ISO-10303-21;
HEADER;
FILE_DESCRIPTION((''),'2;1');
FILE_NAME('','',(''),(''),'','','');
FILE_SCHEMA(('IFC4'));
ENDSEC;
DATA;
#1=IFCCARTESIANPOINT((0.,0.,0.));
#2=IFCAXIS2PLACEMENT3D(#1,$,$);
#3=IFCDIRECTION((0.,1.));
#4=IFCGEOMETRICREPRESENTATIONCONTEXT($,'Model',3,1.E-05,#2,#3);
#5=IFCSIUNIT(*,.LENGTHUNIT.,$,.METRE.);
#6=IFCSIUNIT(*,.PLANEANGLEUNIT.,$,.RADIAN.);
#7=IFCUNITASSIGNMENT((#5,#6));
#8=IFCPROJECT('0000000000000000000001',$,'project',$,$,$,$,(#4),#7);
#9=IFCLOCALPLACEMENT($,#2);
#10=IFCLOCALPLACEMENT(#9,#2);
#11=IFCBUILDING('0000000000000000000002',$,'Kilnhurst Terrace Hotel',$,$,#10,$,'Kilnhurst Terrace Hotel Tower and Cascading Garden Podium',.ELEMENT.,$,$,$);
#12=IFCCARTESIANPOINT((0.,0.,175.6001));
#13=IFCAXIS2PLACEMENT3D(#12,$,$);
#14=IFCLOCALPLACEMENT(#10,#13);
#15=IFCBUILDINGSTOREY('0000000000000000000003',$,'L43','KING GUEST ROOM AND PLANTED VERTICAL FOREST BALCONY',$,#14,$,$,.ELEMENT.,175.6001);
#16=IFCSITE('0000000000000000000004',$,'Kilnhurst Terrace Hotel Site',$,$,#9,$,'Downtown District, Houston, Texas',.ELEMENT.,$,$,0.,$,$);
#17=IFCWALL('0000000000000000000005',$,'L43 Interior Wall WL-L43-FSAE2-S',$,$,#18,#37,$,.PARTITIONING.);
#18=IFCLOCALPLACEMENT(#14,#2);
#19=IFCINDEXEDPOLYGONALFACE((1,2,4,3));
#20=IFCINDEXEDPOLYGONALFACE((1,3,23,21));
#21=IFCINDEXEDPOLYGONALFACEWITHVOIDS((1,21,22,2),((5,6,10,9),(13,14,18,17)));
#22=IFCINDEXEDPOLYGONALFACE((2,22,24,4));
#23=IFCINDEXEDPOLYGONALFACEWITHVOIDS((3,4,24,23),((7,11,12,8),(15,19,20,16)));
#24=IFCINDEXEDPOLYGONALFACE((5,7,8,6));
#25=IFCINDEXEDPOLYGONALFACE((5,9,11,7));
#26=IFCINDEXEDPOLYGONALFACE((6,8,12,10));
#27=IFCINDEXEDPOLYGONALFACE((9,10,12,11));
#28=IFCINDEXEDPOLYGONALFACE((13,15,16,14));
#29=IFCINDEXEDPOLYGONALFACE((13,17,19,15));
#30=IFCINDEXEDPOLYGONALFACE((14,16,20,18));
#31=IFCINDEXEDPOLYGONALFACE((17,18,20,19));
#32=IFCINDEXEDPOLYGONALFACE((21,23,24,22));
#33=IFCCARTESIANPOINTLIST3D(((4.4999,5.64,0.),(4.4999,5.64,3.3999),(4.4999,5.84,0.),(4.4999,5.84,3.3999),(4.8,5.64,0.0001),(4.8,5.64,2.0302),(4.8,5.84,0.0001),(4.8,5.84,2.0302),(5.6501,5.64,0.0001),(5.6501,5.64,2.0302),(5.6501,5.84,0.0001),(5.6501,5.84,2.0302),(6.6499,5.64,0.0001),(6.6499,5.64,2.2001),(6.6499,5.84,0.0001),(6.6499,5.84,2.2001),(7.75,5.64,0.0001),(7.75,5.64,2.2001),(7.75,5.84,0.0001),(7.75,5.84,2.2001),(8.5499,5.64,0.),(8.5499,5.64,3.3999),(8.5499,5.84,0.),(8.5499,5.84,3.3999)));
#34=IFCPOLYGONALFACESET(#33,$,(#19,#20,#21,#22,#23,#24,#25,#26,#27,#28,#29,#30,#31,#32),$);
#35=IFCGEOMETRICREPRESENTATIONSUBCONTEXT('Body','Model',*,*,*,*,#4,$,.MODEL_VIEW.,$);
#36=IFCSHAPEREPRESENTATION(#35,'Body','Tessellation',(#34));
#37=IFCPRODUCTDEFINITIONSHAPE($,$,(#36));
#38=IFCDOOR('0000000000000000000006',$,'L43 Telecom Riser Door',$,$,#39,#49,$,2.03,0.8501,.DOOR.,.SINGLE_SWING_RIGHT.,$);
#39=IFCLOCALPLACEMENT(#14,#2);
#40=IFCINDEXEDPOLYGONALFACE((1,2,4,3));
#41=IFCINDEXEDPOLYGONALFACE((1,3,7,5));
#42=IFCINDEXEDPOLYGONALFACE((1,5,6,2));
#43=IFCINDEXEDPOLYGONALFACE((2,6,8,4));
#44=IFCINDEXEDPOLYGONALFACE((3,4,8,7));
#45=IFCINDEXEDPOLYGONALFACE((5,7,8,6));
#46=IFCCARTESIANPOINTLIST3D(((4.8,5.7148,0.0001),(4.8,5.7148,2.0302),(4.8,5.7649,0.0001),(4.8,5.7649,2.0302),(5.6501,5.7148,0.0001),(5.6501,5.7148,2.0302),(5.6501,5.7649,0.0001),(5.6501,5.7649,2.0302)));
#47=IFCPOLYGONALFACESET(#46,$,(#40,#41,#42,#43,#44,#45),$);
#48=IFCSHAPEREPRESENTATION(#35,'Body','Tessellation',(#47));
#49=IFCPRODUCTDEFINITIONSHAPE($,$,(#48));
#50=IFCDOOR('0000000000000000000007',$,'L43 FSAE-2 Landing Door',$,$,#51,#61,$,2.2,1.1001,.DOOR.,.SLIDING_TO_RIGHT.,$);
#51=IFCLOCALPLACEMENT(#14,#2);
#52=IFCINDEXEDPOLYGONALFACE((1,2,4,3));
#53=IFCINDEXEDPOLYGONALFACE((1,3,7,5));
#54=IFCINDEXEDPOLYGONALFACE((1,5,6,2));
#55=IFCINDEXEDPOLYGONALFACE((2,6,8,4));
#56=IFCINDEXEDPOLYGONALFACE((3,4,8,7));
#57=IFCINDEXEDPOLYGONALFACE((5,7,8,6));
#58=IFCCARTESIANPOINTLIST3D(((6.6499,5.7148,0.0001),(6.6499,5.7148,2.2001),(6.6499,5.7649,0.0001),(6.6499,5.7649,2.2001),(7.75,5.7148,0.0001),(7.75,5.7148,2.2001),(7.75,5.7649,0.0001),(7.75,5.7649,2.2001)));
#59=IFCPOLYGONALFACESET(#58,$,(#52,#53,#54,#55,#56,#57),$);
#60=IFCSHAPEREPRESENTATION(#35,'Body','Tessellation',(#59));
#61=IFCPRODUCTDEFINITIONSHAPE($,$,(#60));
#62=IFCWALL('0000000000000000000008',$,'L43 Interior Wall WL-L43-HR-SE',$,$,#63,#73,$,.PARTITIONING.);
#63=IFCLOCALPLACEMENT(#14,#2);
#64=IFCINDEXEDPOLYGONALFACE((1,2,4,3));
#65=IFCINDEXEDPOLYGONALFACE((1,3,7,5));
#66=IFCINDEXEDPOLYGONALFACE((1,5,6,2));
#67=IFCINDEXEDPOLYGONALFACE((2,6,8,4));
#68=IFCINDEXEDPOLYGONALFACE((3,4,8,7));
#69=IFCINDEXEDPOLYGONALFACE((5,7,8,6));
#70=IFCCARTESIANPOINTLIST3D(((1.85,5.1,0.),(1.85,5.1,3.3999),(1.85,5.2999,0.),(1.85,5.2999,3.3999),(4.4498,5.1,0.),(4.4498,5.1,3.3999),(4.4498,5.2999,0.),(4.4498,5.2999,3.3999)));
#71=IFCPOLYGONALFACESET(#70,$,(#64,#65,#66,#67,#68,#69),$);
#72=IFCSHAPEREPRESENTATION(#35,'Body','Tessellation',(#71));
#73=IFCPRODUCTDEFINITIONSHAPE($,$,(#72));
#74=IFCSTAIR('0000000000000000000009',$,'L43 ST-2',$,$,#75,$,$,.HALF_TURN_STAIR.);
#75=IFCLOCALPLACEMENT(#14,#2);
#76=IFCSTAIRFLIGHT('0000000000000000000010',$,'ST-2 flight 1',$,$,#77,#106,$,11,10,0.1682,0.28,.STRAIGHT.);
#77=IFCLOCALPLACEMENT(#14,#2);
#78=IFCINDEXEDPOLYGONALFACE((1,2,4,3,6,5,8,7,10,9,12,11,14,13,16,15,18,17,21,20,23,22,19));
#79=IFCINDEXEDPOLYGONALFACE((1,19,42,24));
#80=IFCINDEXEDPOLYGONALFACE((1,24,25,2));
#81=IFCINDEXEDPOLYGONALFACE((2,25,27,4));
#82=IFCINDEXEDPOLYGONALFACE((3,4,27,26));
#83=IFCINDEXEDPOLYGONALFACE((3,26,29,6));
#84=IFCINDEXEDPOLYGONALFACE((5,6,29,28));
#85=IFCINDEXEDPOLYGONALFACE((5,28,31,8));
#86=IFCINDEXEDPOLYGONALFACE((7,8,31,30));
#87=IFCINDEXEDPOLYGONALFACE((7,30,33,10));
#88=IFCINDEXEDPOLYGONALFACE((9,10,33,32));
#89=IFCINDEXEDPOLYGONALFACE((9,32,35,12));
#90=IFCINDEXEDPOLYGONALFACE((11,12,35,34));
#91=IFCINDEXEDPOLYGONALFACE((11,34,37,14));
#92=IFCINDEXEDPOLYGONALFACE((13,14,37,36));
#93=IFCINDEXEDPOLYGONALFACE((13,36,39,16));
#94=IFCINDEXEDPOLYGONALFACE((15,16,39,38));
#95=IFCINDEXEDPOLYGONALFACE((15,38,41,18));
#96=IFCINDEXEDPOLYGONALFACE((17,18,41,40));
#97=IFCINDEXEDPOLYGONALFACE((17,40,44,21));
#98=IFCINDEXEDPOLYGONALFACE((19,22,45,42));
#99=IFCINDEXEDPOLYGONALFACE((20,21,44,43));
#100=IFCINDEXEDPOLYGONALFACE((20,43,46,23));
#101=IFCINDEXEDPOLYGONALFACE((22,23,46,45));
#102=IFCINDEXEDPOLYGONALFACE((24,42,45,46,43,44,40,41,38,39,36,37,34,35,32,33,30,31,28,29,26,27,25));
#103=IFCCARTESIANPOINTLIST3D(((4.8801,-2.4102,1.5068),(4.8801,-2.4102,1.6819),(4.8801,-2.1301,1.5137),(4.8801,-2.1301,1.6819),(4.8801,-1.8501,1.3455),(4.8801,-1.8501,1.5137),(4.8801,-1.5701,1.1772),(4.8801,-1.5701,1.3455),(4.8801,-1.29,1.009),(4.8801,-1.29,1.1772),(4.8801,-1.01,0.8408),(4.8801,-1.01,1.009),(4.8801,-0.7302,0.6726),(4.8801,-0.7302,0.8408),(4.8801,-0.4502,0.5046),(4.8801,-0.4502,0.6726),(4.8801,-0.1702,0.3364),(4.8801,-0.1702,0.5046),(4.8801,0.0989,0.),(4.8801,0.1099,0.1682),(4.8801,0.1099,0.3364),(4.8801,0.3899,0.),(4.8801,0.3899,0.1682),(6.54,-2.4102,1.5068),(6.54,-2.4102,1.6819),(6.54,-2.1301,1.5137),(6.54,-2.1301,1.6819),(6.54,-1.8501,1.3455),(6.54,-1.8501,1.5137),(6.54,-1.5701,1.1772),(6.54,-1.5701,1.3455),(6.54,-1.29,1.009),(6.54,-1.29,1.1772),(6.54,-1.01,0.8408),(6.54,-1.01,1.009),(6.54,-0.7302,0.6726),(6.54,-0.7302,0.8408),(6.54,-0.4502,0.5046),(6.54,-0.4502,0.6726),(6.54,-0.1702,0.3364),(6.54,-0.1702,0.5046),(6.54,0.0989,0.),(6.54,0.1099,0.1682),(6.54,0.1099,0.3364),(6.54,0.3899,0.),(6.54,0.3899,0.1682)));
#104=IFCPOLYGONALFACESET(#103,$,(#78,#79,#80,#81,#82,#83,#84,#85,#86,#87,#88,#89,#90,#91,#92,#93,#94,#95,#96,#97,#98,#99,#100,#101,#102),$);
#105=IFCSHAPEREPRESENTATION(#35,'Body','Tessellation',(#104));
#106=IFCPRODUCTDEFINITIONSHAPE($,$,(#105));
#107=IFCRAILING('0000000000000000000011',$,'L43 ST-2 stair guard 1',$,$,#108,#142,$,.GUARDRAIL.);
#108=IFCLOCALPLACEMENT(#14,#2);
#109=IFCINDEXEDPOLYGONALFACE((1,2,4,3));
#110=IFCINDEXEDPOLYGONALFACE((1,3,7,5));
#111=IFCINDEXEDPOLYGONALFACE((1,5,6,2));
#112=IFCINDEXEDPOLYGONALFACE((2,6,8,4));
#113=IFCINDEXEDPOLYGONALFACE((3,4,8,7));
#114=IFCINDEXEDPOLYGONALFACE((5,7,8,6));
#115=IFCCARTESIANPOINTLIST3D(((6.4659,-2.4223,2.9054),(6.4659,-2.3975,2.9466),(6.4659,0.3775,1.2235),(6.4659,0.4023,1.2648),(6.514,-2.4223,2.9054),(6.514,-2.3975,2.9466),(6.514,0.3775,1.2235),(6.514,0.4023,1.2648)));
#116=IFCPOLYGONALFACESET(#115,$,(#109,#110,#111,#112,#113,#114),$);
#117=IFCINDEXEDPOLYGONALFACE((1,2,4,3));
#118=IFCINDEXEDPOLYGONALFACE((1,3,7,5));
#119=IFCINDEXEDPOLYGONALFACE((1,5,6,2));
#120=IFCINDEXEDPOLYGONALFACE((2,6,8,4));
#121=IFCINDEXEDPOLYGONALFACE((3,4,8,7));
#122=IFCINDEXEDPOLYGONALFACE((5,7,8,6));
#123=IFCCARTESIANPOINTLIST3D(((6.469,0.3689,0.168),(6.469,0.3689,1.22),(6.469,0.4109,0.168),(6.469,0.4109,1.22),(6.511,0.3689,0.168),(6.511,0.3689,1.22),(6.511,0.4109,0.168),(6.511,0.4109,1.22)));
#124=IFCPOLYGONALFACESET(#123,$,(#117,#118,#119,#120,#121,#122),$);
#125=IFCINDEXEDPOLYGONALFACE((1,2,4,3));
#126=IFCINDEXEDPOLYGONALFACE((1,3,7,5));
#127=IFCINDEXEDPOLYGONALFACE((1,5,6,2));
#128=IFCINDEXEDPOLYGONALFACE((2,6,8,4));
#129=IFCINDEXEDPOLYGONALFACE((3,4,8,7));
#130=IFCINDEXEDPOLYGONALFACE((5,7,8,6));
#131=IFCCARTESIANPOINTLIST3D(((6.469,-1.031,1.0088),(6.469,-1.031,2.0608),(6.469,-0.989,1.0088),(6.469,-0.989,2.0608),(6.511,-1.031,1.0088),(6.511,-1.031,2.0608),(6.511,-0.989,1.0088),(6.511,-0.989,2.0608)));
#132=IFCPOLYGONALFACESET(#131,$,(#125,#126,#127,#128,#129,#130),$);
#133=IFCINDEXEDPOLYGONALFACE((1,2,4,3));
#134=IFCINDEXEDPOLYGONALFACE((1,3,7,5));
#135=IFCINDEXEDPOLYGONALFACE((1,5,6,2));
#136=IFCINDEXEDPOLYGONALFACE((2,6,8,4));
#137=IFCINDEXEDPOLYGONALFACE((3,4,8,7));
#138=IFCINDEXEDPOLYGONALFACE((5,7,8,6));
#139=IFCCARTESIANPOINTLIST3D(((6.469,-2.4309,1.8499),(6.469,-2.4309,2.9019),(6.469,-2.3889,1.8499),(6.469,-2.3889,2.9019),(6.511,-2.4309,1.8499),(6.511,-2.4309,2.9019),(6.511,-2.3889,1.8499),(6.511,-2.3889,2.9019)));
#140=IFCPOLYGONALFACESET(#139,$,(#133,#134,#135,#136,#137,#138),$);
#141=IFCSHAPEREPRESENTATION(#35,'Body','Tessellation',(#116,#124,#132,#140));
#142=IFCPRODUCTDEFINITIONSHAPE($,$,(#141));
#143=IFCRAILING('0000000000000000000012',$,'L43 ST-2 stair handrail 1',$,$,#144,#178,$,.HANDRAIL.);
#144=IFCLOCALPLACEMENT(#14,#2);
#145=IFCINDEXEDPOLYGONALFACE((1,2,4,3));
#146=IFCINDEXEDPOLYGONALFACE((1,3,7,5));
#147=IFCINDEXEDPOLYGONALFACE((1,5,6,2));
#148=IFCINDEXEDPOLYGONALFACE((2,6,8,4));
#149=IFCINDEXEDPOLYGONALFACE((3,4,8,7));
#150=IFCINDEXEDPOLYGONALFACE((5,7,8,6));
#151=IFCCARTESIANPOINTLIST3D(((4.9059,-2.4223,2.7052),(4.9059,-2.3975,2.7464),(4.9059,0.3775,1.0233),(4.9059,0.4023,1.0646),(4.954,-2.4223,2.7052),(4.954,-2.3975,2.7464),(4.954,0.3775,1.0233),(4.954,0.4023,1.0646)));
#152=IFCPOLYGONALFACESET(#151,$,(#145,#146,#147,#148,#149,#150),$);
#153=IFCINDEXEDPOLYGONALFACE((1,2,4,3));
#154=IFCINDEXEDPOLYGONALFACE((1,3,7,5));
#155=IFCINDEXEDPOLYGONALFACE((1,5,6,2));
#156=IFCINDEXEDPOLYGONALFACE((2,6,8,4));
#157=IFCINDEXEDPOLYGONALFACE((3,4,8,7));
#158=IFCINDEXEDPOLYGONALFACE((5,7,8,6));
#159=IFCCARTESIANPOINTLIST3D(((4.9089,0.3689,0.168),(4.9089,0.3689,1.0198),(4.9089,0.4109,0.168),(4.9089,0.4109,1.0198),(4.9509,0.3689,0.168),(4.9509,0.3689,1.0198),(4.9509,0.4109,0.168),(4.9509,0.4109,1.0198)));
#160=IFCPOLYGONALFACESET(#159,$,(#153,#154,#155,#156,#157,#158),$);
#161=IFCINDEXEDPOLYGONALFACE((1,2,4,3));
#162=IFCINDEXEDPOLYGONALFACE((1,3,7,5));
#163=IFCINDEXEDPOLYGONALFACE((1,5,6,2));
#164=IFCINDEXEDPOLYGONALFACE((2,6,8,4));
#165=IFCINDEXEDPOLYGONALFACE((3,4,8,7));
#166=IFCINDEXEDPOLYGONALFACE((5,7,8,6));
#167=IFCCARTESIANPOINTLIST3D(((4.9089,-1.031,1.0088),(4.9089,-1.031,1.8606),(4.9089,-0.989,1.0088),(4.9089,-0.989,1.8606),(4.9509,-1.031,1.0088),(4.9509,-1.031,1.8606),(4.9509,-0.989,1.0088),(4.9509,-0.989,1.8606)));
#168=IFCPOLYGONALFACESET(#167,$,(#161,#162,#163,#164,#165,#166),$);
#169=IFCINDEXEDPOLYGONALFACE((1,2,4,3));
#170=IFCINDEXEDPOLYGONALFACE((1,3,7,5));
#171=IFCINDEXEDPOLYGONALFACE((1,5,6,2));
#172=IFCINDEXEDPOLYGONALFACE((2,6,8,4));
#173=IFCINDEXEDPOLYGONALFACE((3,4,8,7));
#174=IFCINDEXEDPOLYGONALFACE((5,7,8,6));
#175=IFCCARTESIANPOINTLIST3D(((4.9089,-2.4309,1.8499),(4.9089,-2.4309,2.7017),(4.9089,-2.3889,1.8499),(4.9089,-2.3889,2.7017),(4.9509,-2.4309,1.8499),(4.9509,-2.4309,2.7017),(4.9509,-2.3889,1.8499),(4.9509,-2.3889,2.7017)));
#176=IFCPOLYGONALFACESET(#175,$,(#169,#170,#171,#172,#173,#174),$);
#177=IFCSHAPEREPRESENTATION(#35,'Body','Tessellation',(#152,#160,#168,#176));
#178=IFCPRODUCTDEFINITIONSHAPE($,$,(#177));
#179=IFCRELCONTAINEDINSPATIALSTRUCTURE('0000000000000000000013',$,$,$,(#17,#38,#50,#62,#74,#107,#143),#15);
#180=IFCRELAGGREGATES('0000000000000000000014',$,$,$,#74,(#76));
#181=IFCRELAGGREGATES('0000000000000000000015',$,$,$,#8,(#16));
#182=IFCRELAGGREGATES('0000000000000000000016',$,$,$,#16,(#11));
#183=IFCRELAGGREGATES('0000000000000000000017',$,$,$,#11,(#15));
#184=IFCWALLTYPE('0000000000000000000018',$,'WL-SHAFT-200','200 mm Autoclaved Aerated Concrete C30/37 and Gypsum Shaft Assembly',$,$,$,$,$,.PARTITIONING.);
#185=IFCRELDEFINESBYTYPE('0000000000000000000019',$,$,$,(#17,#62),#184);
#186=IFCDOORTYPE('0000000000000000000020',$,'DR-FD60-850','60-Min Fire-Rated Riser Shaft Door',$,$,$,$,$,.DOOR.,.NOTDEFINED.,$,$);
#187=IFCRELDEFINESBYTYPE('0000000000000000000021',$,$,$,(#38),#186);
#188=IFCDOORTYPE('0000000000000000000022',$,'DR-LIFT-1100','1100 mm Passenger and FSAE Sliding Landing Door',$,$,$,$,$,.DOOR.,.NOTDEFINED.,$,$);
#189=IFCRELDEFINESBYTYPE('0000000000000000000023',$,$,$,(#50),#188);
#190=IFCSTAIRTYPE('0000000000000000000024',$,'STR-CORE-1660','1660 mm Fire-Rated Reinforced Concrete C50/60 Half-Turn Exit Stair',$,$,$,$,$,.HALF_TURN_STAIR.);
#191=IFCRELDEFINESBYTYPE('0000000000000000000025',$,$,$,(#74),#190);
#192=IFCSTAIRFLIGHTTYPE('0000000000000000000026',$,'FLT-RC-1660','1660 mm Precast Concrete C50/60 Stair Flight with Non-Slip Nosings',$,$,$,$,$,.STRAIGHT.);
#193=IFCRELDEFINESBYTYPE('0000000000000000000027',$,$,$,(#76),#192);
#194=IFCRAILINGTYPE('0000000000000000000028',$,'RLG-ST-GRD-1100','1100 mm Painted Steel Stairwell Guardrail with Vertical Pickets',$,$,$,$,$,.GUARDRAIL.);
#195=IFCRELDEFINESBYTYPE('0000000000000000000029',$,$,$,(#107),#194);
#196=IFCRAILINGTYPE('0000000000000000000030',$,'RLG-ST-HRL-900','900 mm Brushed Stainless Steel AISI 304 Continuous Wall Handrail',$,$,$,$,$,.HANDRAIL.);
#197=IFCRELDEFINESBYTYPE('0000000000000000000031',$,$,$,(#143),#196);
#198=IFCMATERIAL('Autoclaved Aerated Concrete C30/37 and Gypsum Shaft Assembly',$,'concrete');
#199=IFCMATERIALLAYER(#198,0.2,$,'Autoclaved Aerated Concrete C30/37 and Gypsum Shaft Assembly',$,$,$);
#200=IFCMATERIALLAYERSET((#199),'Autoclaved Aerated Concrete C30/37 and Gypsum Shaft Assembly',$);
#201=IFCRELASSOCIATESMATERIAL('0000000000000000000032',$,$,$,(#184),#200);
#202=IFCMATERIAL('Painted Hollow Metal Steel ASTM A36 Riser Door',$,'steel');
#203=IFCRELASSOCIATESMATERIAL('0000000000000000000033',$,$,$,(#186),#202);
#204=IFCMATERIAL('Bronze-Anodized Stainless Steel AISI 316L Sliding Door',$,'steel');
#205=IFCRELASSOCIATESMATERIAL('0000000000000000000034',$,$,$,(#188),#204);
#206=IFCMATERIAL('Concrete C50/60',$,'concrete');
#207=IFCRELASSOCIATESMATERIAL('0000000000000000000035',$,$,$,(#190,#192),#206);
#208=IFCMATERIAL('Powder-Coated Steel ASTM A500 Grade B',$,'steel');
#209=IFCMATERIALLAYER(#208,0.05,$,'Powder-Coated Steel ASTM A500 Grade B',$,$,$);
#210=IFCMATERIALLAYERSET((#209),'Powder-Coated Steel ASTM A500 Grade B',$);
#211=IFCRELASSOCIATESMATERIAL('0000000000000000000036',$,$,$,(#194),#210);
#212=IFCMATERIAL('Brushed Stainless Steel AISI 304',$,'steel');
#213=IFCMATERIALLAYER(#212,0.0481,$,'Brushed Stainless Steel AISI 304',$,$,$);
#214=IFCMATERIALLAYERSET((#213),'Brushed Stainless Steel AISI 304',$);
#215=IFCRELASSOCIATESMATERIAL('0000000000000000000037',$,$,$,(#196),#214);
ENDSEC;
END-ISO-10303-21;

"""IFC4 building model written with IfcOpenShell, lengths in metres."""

from ifc_helpers import new_model, si_unit, direction, frame, frame_2d, origin, origin_2d, place, context, subcontext, project, spatial, polyline, rectangle, outline, extrude, material, layer, layer_set, type_object, element, fill, aggregate, save


model = new_model("IFC4")

# Units and contexts
model_context = context("Model", 3, precision=1e-05, world=origin(), true_north=direction((0.0, 1.0)))
body_context = subcontext(model_context, "Body", "Model", "MODEL_VIEW")
ifc_project = project(units=[si_unit("LENGTHUNIT", "METRE"), si_unit("PLANEANGLEUNIT", "RADIAN")], contexts=[model_context])

# Site, building, storey
site_placement = place(None, origin())
site = spatial("IfcSite", under=ifc_project, at=site_placement, Name="Kilnhurst Terrace Hotel Site", LongName="Downtown District, Houston, Texas", CompositionType="ELEMENT", RefElevation=0.0)
building_placement = place(site_placement, origin())
building = spatial("IfcBuilding", under=site, at=building_placement, Name="Kilnhurst Terrace Hotel", LongName="Kilnhurst Terrace Hotel Tower and Cascading Garden Podium", CompositionType="ELEMENT")
storey_placement = place(building_placement, frame((0.0, 0.0, 175.6001)))
storey = spatial("IfcBuildingStorey", under=building, at=storey_placement, Name="L43", Description="KING GUEST ROOM AND PLANTED VERTICAL FOREST BALCONY", CompositionType="ELEMENT", Elevation=175.6001)

# Wall, openings, doors
ifc_material_1 = material(Name="Autoclaved Aerated Concrete C30/37 and Gypsum Shaft Assembly", Category="concrete")
ifc_layer_1 = layer(ifc_material_1, 0.2, Name="Autoclaved Aerated Concrete C30/37 and Gypsum Shaft Assembly")
ifc_layer_set_1 = layer_set([ifc_layer_1], Name="Autoclaved Aerated Concrete C30/37 and Gypsum Shaft Assembly")
wall_type_1 = type_object("IfcWallType", Name="WL-SHAFT-200", Description="200 mm Autoclaved Aerated Concrete C30/37 and Gypsum Shaft Assembly", PredefinedType="PARTITIONING", material=ifc_layer_set_1)
wall_1_placement = place(storey_placement, frame((4.5, 5.74, 0.0), z_axis=(0.0, 0.0, 1.0), x_axis=(1.0, 0.0, 0.0)))
wall_1 = element("IfcWall", 1, at=wall_1_placement, inside=storey, type_object=wall_type_1, Name="L43 Interior Wall WL-L43-FSAE2-S", PredefinedType="PARTITIONING", context=body_context, shape_type="SweptSolid", body=[
    extrude(rectangle(XDim=4.05, YDim=0.2, at=frame_2d((2.0249, 0.0))), origin(), (0.0, 0.0, 1.0), 3.3999),
])
opening_1_placement = place(wall_1_placement, frame((0.3, 0.0, 0.0)))
opening_1 = element("IfcOpeningElement", 2, at=opening_1_placement, cuts=wall_1, PredefinedType="OPENING", context=body_context, shape_type="SweptSolid", body=[
    extrude(rectangle(XDim=0.8501, YDim=2.03, at=frame_2d((0.425, 1.0151))), frame((0.0, 0.1099, 0.0), z_axis=(0.0, -1.0, 0.0), x_axis=(1.0, 0.0, 0.0)), (0.0, 0.0, 1.0), 0.22),
])
opening_2_placement = place(wall_1_placement, frame((2.1499, 0.0, 0.0)))
opening_2 = element("IfcOpeningElement", 3, at=opening_2_placement, cuts=wall_1, PredefinedType="OPENING", context=body_context, shape_type="SweptSolid", body=[
    extrude(rectangle(XDim=1.1001, YDim=2.2, at=frame_2d((0.55, 1.1001))), frame((0.0, 0.1099, 0.0), z_axis=(0.0, -1.0, 0.0), x_axis=(1.0, 0.0, 0.0)), (0.0, 0.0, 1.0), 0.22),
])
ifc_material_2 = material(Name="Painted Hollow Metal Steel ASTM A36 Riser Door", Category="steel")
door_type_1 = type_object("IfcDoorType", Name="DR-FD60-850", Description="60-Min Fire-Rated Riser Shaft Door", OperationType="NOTDEFINED", PredefinedType="DOOR", material=ifc_material_2)
door_1_placement = place(opening_1_placement, origin())
door_1 = element("IfcDoor", 4, at=door_1_placement, inside=storey, type_object=door_type_1, Name="L43 Telecom Riser Door", OperationType="SINGLE_SWING_RIGHT", OverallHeight=2.03, OverallWidth=0.8501, PredefinedType="DOOR", context=body_context, shape_type="SweptSolid", body=[
    extrude(rectangle(XDim=0.8501, YDim=2.03, at=frame_2d((0.425, 1.0151))), frame((0.0, 0.0249, 0.0), z_axis=(0.0, -1.0, 0.0), x_axis=(1.0, 0.0, 0.0)), (0.0, 0.0, 1.0), 0.05),
])
fill(opening_1, door_1)
ifc_material_3 = material(Name="Bronze-Anodized Stainless Steel AISI 316L Sliding Door", Category="steel")
door_type_2 = type_object("IfcDoorType", Name="DR-LIFT-1100", Description="1100 mm Passenger and FSAE Sliding Landing Door", OperationType="NOTDEFINED", PredefinedType="DOOR", material=ifc_material_3)
door_2_placement = place(opening_2_placement, origin())
door_2 = element("IfcDoor", 5, at=door_2_placement, inside=storey, type_object=door_type_2, Name="L43 FSAE-2 Landing Door", OperationType="SLIDING_TO_RIGHT", OverallHeight=2.2, OverallWidth=1.1001, PredefinedType="DOOR", context=body_context, shape_type="SweptSolid", body=[
    extrude(rectangle(XDim=1.1001, YDim=2.2, at=frame_2d((0.55, 1.1001))), frame((0.0, 0.0249, 0.0), z_axis=(0.0, -1.0, 0.0), x_axis=(1.0, 0.0, 0.0)), (0.0, 0.0, 1.0), 0.05),
])
fill(opening_2, door_2)

# Wall
wall_2_placement = place(storey_placement, frame((1.8501, 5.2, 0.0), z_axis=(0.0, 0.0, 1.0), x_axis=(1.0, 0.0, 0.0)))
element("IfcWall", 6, at=wall_2_placement, inside=storey, type_object=wall_type_1, Name="L43 Interior Wall WL-L43-HR-SE", PredefinedType="PARTITIONING", context=body_context, shape_type="SweptSolid", body=[
    extrude(rectangle(XDim=2.5999, YDim=0.2, at=frame_2d((1.2998, 0.0))), origin(), (0.0, 0.0, 1.0), 3.3999),
])

# Shared definitions
ifc_material_4 = material(Name="Concrete C50/60", Category="concrete")

# Stair, stair flight
stair_type = type_object("IfcStairType", Name="STR-CORE-1660", Description="1660 mm Fire-Rated Reinforced Concrete C50/60 Half-Turn Exit Stair", PredefinedType="HALF_TURN_STAIR", material=ifc_material_4)
stair_placement = place(storey_placement, origin())
stair = element("IfcStair", 7, at=stair_placement, inside=storey, type_object=stair_type, Name="L43 ST-2", PredefinedType="HALF_TURN_STAIR")
stair_flight_type = type_object("IfcStairFlightType", Name="FLT-RC-1660", Description="1660 mm Precast Concrete C50/60 Stair Flight with Non-Slip Nosings", PredefinedType="STRAIGHT", material=ifc_material_4)
stair_flight_placement = place(storey_placement, frame((5.71, 0.3899, 0.0), z_axis=(0.0, 0.0, 1.0), x_axis=(0.0, -1.0, 0.0)))
stair_flight = element("IfcStairFlight", 8, at=stair_flight_placement, type_object=stair_flight_type, Name="ST-2 flight 1", NumberOfRisers=11, NumberOfTreads=10, PredefinedType="STRAIGHT", RiserHeight=0.1682, TreadLength=0.28, context=body_context, shape_type="SweptSolid", body=[
    extrude(outline(polyline([(0.0, 0.0), (0.0, 0.1682), (0.28, 0.1682), (0.28, 0.3364), (0.5601, 0.3364), (0.5601, 0.5046), (0.8401, 0.5046), (0.8401, 0.6726), (1.1201, 0.6726), (1.1201, 0.8408), (1.3999, 0.8408), (1.3999, 1.009), (1.6799, 1.009), (1.6799, 1.1772), (1.96, 1.1772), (1.96, 1.3455), (2.24, 1.3455), (2.24, 1.5137), (2.52, 1.5137), (2.52, 1.6819), (2.8, 1.6819), (2.8, 1.8501), (2.8, 1.5068), (0.291, 0.0), (0.0, 0.0)])), frame((0.0, 0.8301, 0.0), z_axis=(0.0, -1.0, 0.0), x_axis=(1.0, 0.0, 0.0)), (0.0, 0.0, 1.0), 1.6599),
])
aggregate(stair, [stair_flight])

# Railings
ifc_material_5 = material(Name="Powder-Coated Steel ASTM A500 Grade B", Category="steel")
ifc_layer_2 = layer(ifc_material_5, 0.05, Name="Powder-Coated Steel ASTM A500 Grade B")
ifc_layer_set_2 = layer_set([ifc_layer_2], Name="Powder-Coated Steel ASTM A500 Grade B")
railing_type_1 = type_object("IfcRailingType", Name="RLG-ST-GRD-1100", Description="1100 mm Painted Steel Stairwell Guardrail with Vertical Pickets", PredefinedType="GUARDRAIL", material=ifc_layer_set_2)
railing_1_placement = place(storey_placement, frame((6.49, 0.3899, 0.168)))
element("IfcRailing", 9, at=railing_1_placement, inside=storey, type_object=railing_type_1, Name="L43 ST-2 stair guard 1", PredefinedType="GUARDRAIL", context=body_context, shape_type="SweptSolid", body=[
    extrude(rectangle(XDim=0.0481, YDim=0.0481, at=origin_2d()), frame((0.0, 0.0, 1.0762), z_axis=(0.0, -0.857222, 0.514946), x_axis=(1.0, 0.0, 0.0)), (0.0, 0.0, 1.0), 3.2661),
    extrude(rectangle(XDim=0.042, YDim=0.042, at=origin_2d()), origin(), (0.0, 0.0, 1.0), 1.052),
    extrude(rectangle(XDim=0.042, YDim=0.042, at=origin_2d()), frame((0.0, -1.3999, 0.8408)), (0.0, 0.0, 1.0), 1.052),
    extrude(rectangle(XDim=0.042, YDim=0.042, at=origin_2d()), frame((0.0, -2.7998, 1.6819)), (0.0, 0.0, 1.0), 1.052),
])
ifc_material_6 = material(Name="Brushed Stainless Steel AISI 304", Category="steel")
ifc_layer_3 = layer(ifc_material_6, 0.0481, Name="Brushed Stainless Steel AISI 304")
ifc_layer_set_3 = layer_set([ifc_layer_3], Name="Brushed Stainless Steel AISI 304")
railing_type_2 = type_object("IfcRailingType", Name="RLG-ST-HRL-900", Description="900 mm Brushed Stainless Steel AISI 304 Continuous Wall Handrail", PredefinedType="HANDRAIL", material=ifc_layer_set_3)
railing_2_placement = place(storey_placement, frame((4.9299, 0.3899, 0.168)))
element("IfcRailing", 10, at=railing_2_placement, inside=storey, type_object=railing_type_2, Name="L43 ST-2 stair handrail 1", PredefinedType="HANDRAIL", context=body_context, shape_type="SweptSolid", body=[
    extrude(rectangle(XDim=0.0481, YDim=0.0481, at=origin_2d()), frame((0.0, 0.0, 0.876), z_axis=(0.0, -0.857222, 0.514946), x_axis=(1.0, 0.0, 0.0)), (0.0, 0.0, 1.0), 3.2661),
    extrude(rectangle(XDim=0.042, YDim=0.042, at=origin_2d()), origin(), (0.0, 0.0, 1.0), 0.8518),
    extrude(rectangle(XDim=0.042, YDim=0.042, at=origin_2d()), frame((0.0, -1.3999, 0.8408)), (0.0, 0.0, 1.0), 0.8518),
    extrude(rectangle(XDim=0.042, YDim=0.042, at=origin_2d()), frame((0.0, -2.7998, 1.6819)), (0.0, 0.0, 1.0), 0.8518),
])

save(model, "model.ifc")
